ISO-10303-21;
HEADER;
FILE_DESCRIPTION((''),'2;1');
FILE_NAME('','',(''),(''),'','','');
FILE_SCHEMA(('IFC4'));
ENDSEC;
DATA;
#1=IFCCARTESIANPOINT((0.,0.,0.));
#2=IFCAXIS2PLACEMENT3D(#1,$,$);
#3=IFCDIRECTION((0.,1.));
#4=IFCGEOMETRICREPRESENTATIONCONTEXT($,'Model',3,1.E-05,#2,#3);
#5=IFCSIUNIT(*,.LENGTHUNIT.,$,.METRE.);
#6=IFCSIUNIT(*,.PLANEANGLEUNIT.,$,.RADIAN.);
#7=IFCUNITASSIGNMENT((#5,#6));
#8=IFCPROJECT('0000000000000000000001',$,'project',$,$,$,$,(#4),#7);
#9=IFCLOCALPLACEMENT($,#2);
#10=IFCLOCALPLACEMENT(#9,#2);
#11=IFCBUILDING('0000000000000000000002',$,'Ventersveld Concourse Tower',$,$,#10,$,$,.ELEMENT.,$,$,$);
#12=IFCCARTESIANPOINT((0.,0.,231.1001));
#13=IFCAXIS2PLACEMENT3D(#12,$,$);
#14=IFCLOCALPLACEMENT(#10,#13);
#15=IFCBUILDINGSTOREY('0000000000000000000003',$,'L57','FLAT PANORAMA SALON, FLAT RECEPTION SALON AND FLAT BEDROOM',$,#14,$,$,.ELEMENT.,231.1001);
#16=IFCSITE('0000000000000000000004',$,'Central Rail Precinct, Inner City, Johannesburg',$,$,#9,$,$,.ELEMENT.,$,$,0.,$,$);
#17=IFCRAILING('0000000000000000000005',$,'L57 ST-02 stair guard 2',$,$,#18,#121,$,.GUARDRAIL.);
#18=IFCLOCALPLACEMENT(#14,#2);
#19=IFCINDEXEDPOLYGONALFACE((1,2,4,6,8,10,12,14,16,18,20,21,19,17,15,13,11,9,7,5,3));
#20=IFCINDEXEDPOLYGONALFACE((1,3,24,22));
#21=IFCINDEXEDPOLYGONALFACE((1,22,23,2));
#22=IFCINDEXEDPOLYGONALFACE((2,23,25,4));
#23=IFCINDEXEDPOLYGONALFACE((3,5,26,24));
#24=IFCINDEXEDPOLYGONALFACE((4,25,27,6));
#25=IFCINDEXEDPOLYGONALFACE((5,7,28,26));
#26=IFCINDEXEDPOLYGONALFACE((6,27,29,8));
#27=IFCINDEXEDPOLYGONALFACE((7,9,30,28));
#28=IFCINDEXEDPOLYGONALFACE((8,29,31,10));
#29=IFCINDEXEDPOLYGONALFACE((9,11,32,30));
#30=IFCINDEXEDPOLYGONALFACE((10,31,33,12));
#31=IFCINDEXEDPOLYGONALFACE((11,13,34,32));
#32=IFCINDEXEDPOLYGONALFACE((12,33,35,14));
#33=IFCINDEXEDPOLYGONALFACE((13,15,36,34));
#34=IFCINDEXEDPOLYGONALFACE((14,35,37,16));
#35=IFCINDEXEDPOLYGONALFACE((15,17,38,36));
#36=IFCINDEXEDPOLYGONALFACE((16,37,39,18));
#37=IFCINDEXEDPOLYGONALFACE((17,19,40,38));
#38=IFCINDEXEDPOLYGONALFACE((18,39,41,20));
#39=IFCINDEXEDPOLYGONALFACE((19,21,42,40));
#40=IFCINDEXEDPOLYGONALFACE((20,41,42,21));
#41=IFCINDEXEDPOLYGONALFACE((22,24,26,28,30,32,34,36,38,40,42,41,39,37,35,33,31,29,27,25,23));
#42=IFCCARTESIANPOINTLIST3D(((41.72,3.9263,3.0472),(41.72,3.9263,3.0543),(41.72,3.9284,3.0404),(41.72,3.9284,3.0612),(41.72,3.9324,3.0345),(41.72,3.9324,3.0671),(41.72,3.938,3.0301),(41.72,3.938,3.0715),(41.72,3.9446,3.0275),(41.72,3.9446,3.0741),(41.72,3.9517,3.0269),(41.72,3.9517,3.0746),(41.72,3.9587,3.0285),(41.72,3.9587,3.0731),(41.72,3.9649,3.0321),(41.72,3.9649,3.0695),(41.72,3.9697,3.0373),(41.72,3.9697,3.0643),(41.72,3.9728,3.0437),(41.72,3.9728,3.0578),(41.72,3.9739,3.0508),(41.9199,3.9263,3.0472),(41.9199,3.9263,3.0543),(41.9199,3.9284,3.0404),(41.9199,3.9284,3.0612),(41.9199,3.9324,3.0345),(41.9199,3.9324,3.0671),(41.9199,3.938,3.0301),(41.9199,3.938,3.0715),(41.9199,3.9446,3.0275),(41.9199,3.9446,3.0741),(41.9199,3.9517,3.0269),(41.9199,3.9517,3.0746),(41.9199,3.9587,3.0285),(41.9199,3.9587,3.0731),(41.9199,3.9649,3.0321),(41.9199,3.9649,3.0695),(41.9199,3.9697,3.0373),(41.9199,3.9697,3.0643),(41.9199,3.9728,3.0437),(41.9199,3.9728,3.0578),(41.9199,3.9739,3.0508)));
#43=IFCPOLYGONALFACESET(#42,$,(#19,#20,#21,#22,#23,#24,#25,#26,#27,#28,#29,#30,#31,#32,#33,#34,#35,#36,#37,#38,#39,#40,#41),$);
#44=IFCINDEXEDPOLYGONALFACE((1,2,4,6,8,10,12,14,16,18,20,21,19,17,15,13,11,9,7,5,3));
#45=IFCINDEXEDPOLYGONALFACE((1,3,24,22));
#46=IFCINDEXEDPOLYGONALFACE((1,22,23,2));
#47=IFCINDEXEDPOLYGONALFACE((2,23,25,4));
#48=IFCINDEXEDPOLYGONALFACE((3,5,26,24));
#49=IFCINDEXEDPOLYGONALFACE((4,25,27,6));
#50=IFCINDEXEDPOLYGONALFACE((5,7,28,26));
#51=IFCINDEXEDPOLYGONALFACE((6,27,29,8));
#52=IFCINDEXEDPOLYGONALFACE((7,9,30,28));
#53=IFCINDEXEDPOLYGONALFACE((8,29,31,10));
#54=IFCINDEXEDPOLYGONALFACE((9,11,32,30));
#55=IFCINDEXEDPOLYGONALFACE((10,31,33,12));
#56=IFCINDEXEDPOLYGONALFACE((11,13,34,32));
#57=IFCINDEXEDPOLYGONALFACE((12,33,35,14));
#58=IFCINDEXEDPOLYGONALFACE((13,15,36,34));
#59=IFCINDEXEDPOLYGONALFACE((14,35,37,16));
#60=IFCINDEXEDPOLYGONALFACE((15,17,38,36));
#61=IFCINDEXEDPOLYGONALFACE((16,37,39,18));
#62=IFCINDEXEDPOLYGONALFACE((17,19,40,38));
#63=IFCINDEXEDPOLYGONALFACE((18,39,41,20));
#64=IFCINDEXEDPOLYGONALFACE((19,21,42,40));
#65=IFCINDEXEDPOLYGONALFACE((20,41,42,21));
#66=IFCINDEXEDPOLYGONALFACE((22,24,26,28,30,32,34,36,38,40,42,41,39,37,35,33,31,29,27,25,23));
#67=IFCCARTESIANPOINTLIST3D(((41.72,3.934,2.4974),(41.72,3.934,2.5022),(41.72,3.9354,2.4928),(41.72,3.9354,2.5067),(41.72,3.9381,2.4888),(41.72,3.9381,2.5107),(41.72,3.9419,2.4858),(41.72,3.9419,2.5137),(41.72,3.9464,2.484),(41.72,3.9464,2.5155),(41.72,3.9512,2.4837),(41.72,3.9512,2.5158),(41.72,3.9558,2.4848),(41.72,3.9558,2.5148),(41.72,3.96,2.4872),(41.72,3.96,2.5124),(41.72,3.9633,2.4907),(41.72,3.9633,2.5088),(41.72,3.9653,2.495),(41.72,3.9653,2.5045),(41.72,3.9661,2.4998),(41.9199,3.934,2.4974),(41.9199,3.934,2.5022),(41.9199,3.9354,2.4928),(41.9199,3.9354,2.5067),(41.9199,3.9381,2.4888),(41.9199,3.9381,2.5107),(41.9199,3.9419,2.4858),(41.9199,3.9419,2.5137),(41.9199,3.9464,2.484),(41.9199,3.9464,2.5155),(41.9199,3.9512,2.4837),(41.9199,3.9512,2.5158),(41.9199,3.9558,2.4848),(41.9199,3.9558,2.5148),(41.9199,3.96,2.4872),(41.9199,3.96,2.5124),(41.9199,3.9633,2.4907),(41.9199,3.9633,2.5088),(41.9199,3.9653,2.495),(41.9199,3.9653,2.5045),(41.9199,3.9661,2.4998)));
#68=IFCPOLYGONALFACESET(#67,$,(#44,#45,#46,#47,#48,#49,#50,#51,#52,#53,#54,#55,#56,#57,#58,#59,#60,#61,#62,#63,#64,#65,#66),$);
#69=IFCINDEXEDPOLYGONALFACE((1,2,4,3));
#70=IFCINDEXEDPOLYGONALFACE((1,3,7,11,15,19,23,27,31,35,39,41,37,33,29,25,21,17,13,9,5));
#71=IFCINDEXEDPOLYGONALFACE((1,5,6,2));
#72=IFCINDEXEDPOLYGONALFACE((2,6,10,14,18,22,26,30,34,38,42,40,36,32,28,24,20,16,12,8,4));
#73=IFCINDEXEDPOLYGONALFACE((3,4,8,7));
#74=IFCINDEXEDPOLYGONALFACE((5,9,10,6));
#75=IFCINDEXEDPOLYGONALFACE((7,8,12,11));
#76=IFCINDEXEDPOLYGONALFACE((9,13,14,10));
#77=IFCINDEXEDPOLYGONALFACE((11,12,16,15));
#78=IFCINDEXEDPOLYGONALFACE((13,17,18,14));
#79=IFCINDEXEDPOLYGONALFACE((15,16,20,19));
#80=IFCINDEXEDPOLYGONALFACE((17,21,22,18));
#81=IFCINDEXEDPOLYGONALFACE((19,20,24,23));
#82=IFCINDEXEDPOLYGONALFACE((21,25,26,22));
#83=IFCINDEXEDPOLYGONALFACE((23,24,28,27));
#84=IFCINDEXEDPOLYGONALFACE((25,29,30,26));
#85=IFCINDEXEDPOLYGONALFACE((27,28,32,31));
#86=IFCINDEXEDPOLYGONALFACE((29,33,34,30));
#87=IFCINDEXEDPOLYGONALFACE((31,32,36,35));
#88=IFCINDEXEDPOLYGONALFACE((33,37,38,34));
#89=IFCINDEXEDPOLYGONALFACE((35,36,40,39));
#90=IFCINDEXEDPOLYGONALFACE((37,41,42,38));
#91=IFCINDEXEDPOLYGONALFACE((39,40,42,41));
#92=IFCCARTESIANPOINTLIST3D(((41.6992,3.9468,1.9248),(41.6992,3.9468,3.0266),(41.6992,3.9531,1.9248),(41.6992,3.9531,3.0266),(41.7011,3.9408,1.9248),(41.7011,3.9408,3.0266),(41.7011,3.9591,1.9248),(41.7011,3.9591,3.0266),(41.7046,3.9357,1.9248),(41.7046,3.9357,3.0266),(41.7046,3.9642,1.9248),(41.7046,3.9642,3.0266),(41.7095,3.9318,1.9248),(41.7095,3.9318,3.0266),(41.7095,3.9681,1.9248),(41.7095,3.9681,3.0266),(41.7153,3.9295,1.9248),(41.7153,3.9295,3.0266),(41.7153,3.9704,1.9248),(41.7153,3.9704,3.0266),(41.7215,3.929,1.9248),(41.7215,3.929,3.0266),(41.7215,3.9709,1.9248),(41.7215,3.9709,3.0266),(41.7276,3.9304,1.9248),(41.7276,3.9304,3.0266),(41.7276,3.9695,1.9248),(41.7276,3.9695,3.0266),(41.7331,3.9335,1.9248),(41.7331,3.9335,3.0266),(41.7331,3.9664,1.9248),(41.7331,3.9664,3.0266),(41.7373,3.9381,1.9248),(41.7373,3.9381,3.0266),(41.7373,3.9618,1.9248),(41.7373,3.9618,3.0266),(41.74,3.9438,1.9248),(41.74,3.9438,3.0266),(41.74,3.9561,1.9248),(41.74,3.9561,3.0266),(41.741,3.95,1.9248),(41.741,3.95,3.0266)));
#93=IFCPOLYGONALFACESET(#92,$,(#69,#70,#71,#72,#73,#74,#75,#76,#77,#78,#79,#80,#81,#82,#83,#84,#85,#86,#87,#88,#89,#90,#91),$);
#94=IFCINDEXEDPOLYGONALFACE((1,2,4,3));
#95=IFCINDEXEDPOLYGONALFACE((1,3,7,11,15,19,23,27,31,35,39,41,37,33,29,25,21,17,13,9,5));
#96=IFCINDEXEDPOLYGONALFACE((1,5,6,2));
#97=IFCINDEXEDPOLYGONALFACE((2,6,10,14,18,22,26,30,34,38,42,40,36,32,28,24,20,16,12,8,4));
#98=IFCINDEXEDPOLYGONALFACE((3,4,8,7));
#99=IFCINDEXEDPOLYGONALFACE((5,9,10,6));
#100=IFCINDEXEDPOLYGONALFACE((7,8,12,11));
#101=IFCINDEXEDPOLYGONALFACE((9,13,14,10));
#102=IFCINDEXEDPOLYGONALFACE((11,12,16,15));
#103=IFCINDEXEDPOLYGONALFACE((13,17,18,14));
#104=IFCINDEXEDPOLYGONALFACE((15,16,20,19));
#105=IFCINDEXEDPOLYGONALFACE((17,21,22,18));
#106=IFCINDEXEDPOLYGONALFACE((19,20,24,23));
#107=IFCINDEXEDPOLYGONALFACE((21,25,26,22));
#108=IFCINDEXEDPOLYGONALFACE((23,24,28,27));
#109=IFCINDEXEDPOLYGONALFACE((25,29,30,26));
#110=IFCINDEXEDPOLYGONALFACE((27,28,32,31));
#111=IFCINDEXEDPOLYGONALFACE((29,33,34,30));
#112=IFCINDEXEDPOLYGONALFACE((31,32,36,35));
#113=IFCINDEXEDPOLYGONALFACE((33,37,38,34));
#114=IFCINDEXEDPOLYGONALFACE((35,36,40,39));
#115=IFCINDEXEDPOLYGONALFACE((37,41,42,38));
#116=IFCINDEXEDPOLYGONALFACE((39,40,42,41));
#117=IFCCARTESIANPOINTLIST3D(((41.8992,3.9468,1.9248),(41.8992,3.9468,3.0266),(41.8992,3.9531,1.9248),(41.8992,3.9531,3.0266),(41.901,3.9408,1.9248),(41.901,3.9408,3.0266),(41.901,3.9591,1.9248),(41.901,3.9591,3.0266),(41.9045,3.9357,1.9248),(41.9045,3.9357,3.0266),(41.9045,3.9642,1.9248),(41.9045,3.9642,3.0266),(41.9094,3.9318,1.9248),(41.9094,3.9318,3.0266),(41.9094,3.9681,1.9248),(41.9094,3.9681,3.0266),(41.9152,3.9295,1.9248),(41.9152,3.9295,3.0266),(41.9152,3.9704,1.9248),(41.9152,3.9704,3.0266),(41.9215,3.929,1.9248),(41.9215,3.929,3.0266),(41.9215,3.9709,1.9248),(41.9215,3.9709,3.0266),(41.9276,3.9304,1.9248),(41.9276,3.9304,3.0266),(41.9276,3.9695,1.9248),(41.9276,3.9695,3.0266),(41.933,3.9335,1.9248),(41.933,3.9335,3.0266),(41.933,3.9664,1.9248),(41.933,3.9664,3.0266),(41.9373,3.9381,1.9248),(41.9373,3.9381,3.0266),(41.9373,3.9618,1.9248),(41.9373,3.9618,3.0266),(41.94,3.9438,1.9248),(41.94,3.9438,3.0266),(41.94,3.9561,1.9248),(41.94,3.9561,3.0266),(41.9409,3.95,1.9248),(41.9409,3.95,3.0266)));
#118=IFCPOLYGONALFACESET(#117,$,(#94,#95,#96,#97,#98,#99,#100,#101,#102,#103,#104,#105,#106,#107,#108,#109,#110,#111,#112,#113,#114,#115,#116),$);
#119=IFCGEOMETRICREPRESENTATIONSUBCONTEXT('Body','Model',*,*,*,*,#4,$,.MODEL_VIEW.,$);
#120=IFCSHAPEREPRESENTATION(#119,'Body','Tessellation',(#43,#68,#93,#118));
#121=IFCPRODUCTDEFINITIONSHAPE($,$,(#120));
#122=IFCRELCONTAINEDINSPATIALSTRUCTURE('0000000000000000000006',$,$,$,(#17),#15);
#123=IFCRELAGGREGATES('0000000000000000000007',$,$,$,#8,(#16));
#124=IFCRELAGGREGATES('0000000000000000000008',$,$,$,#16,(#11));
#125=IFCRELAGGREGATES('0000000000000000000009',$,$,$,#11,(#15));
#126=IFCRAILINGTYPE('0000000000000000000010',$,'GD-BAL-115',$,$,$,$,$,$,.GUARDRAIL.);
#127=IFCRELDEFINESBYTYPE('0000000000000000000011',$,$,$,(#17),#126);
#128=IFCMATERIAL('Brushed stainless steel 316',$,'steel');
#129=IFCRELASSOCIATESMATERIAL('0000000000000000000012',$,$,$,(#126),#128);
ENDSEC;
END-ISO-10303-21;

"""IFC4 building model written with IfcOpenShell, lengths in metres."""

from ifc_helpers import new_model, si_unit, direction, frame, origin, origin_2d, place, context, subcontext, project, spatial, circle, extrude, material, type_object, element, save


model = new_model("IFC4")

# Units and contexts
model_context = context("Model", 3, precision=1e-05, world=origin(), true_north=direction((0.0, 1.0)))
body_context = subcontext(model_context, "Body", "Model", "MODEL_VIEW")
ifc_project = project(units=[si_unit("LENGTHUNIT", "METRE"), si_unit("PLANEANGLEUNIT", "RADIAN")], contexts=[model_context])

# Site, building, storey
site_placement = place(None, origin())
site = spatial("IfcSite", under=ifc_project, at=site_placement, Name="Central Rail Precinct, Inner City, Johannesburg", CompositionType="ELEMENT", RefElevation=0.0)
building_placement = place(site_placement, origin())
building = spatial("IfcBuilding", under=site, at=building_placement, Name="Ventersveld Concourse Tower", CompositionType="ELEMENT")
storey_placement = place(building_placement, frame((0.0, 0.0, 231.1001)))
storey = spatial("IfcBuildingStorey", under=building, at=storey_placement, Name="L57", Description="FLAT PANORAMA SALON, FLAT RECEPTION SALON AND FLAT BEDROOM", CompositionType="ELEMENT", Elevation=231.1001)

# Shared definitions
ifc_material_1 = material(Name="Brushed stainless steel 316", Category="steel")

# Railing
railing_type_1 = type_object("IfcRailingType", Name="GD-BAL-115", PredefinedType="GUARDRAIL", material=ifc_material_1)
railing_1_placement = place(storey_placement, frame((41.72, 3.95, 1.9248)))
element("IfcRailing", 1, at=railing_1_placement, inside=storey, type_object=railing_type_1, Name="L57 ST-02 stair guard 2", PredefinedType="GUARDRAIL", context=body_context, shape_type="SweptSolid", body=[
    extrude(circle(Radius=0.0239, at=origin_2d()), frame((0.0, 0.0, 1.126), z_axis=(1.0, 0.0, 0.0), x_axis=(0.0, 1.0, 0.0)), (0.0, 0.0, 1.0), 0.2),
    extrude(circle(Radius=0.0161, at=origin_2d()), frame((0.0, 0.0, 0.575), z_axis=(1.0, 0.0, 0.0), x_axis=(0.0, 1.0, 0.0)), (0.0, 0.0, 1.0), 0.2),
    extrude(circle(Radius=0.021, at=origin_2d()), origin(), (0.0, 0.0, 1.0), 1.1018),
    extrude(circle(Radius=0.021, at=origin_2d()), frame((0.2, 0.0, 0.0)), (0.0, 0.0, 1.0), 1.1018),
])

save(model, "model.ifc")
